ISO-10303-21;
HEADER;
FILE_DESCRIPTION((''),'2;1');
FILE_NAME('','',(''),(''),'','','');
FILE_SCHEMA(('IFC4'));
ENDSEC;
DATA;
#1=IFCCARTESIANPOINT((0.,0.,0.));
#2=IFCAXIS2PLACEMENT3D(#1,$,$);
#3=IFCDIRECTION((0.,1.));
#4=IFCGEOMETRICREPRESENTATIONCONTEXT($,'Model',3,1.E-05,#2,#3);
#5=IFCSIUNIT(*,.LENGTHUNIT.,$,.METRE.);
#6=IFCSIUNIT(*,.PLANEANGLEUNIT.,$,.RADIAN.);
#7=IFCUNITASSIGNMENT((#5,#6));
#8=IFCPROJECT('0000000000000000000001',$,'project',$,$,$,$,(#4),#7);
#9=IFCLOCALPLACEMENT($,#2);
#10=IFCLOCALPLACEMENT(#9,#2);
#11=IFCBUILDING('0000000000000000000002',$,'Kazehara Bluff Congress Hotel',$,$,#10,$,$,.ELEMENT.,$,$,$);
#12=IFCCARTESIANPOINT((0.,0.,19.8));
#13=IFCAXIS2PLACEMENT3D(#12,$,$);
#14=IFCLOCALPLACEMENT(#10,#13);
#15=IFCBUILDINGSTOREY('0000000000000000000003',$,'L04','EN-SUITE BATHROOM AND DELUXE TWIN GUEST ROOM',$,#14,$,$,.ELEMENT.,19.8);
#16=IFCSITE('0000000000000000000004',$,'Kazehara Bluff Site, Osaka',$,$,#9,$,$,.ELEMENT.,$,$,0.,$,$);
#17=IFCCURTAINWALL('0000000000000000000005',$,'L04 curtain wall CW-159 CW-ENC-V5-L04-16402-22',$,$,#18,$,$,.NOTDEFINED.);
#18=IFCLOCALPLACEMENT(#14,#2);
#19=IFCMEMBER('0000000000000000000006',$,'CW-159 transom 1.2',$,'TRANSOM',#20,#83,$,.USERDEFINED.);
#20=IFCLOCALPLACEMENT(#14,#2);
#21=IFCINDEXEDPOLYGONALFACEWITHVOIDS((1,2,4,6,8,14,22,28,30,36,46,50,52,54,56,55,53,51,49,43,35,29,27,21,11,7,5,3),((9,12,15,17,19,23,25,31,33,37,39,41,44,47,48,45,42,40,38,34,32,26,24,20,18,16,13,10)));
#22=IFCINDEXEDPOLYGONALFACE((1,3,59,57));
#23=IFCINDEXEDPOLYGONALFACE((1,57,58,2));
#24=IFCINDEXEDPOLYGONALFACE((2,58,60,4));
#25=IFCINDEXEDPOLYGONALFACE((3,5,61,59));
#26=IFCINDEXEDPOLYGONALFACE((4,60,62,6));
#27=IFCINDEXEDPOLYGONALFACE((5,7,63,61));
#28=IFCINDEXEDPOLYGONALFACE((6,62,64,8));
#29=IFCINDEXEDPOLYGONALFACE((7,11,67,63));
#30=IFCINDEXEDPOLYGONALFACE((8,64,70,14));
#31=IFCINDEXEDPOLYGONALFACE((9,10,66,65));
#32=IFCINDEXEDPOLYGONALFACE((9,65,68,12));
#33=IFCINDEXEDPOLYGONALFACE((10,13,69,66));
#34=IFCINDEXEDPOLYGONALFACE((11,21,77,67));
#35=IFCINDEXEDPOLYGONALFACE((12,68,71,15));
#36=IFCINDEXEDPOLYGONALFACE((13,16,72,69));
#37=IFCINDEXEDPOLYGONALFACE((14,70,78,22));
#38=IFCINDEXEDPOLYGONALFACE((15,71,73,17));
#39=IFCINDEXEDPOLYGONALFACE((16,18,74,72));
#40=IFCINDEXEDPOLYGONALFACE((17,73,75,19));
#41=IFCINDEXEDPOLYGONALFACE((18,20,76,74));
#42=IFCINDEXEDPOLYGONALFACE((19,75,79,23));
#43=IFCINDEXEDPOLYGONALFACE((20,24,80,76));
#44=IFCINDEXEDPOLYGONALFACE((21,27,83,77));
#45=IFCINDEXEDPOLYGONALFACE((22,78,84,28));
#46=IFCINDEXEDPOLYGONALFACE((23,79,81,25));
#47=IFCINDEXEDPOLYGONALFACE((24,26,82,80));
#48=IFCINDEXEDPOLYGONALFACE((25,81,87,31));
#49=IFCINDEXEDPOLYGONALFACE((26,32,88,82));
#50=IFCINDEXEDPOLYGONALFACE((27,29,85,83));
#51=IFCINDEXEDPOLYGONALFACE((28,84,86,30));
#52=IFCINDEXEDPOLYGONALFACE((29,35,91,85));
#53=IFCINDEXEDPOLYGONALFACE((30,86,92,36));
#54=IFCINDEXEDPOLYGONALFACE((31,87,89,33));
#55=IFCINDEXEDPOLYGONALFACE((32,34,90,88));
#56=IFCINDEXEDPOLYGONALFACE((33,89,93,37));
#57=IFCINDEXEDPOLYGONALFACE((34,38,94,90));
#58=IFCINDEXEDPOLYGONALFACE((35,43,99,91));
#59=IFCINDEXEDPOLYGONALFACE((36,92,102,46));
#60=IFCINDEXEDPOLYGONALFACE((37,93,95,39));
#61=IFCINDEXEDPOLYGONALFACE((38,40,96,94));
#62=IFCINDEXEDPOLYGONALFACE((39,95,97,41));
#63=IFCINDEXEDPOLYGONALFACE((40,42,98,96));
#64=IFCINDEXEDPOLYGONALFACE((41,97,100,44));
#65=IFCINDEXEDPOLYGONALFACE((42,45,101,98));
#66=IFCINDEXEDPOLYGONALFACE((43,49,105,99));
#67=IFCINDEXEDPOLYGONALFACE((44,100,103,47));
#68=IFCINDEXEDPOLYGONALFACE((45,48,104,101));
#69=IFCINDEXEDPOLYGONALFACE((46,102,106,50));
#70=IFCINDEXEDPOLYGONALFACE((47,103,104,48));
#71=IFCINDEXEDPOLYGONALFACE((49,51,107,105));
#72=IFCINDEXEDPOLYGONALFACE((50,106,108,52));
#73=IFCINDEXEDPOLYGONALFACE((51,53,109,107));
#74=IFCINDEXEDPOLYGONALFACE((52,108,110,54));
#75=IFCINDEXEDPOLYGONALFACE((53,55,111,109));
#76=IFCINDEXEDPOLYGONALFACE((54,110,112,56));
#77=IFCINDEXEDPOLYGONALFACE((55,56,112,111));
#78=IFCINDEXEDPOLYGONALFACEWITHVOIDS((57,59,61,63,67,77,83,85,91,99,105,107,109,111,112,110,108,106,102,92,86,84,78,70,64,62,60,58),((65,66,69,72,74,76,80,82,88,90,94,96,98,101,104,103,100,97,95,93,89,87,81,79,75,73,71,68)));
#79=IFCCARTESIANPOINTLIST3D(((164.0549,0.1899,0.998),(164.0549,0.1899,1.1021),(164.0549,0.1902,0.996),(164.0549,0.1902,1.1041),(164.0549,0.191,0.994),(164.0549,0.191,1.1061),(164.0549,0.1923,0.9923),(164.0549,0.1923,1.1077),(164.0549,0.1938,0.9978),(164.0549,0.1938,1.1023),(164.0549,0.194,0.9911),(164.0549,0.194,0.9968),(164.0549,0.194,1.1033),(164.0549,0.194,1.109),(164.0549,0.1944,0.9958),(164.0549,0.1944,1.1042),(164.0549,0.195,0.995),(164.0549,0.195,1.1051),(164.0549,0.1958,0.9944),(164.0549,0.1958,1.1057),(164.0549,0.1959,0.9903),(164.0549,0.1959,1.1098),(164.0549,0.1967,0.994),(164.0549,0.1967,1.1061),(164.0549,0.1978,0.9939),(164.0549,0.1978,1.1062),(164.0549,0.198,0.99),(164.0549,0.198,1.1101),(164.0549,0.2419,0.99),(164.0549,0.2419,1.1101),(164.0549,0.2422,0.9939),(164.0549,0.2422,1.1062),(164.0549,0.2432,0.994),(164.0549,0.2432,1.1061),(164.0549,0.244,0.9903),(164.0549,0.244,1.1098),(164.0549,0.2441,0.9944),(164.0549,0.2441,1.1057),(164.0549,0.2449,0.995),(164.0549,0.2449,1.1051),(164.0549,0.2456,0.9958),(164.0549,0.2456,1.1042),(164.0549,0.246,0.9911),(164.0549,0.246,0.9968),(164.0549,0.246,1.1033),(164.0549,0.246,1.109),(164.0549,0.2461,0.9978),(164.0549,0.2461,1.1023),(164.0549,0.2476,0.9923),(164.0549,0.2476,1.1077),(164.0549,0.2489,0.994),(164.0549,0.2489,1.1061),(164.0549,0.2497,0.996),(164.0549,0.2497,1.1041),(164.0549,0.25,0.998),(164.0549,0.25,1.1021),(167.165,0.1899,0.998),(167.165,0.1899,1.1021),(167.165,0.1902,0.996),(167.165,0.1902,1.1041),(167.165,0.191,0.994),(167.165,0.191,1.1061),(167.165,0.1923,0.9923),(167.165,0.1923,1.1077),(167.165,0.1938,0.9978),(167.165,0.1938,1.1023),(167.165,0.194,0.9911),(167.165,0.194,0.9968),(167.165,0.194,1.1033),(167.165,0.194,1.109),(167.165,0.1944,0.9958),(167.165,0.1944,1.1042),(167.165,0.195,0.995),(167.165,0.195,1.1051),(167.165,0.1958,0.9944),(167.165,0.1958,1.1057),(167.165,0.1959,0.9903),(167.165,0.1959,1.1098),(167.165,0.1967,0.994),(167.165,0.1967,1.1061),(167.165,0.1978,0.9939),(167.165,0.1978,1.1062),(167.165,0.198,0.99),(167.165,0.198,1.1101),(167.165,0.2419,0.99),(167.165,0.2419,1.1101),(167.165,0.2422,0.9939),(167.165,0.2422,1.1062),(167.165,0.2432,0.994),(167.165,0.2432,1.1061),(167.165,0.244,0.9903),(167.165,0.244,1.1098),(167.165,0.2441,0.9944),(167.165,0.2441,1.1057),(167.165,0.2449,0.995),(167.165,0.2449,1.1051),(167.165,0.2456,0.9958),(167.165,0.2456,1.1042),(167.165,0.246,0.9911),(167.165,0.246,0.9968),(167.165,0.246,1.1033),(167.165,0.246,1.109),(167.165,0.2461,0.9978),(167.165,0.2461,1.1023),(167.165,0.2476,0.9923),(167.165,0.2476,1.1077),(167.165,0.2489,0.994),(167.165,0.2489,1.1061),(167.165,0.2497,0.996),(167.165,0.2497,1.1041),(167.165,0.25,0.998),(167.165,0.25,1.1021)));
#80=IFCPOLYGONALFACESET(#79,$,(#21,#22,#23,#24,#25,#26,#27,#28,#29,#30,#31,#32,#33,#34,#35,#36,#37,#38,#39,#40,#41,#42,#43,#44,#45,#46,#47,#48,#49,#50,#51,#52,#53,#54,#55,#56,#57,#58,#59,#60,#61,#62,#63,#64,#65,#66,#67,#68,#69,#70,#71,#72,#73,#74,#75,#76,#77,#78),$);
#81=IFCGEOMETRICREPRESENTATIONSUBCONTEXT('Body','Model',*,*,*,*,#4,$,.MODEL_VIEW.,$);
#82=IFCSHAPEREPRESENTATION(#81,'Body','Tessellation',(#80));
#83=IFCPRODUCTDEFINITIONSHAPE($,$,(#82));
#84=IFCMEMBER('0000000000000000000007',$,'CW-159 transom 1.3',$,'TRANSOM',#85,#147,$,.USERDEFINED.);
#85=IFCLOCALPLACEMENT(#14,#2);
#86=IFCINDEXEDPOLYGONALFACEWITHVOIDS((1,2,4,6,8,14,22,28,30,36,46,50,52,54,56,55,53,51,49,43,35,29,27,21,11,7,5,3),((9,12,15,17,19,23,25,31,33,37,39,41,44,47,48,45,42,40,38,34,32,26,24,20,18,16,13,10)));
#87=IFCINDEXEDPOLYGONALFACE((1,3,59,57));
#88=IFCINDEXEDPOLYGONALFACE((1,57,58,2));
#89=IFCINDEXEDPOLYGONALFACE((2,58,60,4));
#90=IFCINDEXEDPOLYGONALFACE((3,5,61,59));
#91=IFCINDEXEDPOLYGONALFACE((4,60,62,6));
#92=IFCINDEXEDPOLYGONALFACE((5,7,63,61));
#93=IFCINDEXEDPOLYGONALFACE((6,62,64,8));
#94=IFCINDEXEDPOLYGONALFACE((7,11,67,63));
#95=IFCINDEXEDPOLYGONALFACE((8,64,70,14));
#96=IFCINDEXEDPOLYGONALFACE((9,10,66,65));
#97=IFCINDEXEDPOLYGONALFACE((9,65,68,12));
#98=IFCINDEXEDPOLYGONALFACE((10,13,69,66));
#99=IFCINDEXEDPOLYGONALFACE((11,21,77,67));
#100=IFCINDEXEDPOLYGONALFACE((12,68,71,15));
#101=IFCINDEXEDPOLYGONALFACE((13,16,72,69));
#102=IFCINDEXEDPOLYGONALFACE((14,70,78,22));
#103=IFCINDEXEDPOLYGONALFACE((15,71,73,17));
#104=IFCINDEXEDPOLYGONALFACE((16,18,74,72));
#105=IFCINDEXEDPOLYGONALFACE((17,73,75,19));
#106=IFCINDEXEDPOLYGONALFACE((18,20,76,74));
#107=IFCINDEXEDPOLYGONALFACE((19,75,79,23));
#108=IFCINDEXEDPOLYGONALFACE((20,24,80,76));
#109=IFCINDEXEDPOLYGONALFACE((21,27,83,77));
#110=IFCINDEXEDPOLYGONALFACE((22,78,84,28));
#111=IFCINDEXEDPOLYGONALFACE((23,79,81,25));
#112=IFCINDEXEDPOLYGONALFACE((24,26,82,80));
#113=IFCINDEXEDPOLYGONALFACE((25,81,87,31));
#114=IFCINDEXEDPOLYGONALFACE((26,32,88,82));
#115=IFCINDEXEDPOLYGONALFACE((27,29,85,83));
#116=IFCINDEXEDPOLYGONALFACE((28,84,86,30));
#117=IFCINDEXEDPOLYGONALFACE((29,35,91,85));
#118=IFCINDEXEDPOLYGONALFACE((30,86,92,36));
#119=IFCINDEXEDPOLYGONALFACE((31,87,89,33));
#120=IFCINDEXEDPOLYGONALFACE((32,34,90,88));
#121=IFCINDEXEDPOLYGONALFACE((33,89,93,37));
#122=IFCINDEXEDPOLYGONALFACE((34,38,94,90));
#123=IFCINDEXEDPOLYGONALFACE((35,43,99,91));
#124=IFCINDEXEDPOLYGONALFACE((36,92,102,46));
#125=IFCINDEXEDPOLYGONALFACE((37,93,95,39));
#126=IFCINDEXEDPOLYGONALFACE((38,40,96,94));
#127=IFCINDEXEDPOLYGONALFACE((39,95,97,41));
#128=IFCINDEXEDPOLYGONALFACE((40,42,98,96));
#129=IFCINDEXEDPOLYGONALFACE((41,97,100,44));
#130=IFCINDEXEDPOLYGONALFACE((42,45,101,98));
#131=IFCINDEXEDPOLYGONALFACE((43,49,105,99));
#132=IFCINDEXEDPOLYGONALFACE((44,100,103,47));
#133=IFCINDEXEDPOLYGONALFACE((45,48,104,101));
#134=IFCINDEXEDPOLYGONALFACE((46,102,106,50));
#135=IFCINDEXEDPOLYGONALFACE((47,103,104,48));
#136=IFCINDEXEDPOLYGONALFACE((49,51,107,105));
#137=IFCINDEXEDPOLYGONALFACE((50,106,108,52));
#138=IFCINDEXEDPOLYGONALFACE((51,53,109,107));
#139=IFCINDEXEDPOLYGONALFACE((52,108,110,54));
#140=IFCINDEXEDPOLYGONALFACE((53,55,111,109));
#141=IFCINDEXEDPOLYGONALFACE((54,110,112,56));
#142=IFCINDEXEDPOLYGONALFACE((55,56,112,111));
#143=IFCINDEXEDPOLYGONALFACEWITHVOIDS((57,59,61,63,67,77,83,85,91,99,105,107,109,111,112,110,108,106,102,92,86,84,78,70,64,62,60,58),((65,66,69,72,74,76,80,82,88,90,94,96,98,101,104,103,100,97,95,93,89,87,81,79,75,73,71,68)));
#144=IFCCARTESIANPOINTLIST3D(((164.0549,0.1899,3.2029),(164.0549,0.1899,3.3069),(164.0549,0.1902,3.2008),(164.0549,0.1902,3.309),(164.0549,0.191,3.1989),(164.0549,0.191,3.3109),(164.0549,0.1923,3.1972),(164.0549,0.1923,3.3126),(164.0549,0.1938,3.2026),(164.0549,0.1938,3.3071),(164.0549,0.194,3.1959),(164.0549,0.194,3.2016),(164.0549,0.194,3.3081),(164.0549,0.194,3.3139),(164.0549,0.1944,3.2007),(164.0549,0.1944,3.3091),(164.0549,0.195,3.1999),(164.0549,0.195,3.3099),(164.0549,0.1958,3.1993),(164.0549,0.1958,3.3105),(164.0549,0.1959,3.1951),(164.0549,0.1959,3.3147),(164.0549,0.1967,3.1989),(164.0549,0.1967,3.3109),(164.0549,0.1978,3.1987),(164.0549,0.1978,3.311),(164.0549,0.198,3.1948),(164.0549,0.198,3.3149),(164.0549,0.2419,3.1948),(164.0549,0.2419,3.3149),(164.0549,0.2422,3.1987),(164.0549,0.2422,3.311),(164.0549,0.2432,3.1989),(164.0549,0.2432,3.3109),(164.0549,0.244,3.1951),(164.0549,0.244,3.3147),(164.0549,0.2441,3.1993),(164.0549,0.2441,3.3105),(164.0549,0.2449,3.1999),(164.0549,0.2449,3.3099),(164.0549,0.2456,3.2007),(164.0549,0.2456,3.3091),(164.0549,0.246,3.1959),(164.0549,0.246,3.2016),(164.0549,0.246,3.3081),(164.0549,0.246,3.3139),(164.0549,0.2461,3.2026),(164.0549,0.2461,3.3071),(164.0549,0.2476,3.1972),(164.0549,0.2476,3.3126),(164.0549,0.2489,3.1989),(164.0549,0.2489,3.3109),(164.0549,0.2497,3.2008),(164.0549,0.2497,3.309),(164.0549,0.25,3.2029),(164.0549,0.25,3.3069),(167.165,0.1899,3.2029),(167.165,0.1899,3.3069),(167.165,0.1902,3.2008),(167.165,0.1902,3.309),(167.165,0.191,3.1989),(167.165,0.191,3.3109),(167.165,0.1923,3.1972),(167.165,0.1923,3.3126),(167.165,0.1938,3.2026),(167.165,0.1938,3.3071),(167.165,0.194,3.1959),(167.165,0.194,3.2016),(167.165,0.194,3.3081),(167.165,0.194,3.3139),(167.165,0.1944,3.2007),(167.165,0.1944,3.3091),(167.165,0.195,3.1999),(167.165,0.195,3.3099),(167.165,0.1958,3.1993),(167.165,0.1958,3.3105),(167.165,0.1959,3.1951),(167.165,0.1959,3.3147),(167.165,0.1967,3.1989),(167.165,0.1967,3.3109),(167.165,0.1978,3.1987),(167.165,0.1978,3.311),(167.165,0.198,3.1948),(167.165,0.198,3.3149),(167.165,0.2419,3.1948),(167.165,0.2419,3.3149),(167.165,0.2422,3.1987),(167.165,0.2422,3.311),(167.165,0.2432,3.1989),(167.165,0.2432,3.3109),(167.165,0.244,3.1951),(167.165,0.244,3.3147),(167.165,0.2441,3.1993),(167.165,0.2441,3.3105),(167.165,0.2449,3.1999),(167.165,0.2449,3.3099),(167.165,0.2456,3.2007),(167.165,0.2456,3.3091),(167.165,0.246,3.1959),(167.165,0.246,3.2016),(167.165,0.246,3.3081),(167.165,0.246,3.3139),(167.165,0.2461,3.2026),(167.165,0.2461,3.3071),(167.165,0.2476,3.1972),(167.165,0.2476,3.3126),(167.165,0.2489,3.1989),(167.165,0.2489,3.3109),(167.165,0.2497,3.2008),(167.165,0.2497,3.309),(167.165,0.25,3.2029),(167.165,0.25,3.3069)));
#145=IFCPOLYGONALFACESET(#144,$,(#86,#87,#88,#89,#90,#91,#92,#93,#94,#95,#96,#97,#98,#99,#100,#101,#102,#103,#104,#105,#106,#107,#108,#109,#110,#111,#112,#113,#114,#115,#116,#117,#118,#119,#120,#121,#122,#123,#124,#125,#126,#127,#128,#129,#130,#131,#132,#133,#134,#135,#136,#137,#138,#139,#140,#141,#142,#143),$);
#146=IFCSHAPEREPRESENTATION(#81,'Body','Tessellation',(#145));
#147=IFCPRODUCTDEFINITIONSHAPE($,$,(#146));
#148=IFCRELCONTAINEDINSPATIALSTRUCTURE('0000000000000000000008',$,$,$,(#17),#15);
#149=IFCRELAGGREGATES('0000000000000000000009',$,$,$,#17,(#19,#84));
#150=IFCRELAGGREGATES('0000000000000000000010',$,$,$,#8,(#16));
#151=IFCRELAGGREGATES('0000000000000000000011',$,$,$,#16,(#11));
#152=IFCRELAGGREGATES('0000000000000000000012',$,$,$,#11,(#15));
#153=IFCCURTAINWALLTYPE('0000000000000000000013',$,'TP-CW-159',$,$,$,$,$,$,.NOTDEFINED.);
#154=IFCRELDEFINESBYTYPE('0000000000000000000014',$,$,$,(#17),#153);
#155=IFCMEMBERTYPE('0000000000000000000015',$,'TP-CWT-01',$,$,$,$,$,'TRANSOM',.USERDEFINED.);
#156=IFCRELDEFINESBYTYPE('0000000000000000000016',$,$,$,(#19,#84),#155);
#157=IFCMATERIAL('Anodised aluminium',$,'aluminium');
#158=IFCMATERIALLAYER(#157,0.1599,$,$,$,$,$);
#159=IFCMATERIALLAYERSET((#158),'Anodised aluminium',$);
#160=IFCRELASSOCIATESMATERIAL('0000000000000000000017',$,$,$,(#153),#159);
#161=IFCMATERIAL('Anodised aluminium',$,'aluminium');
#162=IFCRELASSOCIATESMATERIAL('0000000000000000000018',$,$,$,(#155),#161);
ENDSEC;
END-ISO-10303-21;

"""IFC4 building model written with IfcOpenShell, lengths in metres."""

from ifc_helpers import new_model, si_unit, direction, frame, origin, origin_2d, place, context, subcontext, project, spatial, hollow_rectangle, extrude, material, layer, layer_set, material_profile, profile_set, type_object, element, aggregate, save


model = new_model("IFC4")

# Units and contexts
model_context = context("Model", 3, precision=1e-05, world=origin(), true_north=direction((0.0, 1.0)))
body_context = subcontext(model_context, "Body", "Model", "MODEL_VIEW")
ifc_project = project(units=[si_unit("LENGTHUNIT", "METRE"), si_unit("PLANEANGLEUNIT", "RADIAN")], contexts=[model_context])

# Site, building, storey
site_placement = place(None, origin())
site = spatial("IfcSite", under=ifc_project, at=site_placement, Name="Kazehara Bluff Site, Osaka", CompositionType="ELEMENT", RefElevation=0.0)
building_placement = place(site_placement, origin())
building = spatial("IfcBuilding", under=site, at=building_placement, Name="Kazehara Bluff Congress Hotel", CompositionType="ELEMENT")
storey_placement = place(building_placement, frame((0.0, 0.0, 19.8)))
storey = spatial("IfcBuildingStorey", under=building, at=storey_placement, Name="L04", Description="EN-SUITE BATHROOM AND DELUXE TWIN GUEST ROOM", CompositionType="ELEMENT", Elevation=19.8)

# Curtain wall
ifc_material_1 = material(Name="Anodised aluminium", Category="aluminium")
ifc_layer_1 = layer(ifc_material_1, 0.1599)
ifc_layer_set_1 = layer_set([ifc_layer_1], Name="Anodised aluminium")
curtain_wall_type_1 = type_object("IfcCurtainWallType", Name="TP-CW-159", PredefinedType="NOTDEFINED", material=ifc_layer_set_1)
curtain_wall_1_placement = place(storey_placement, origin())
curtain_wall_1 = element("IfcCurtainWall", 1, at=curtain_wall_1_placement, inside=storey, type_object=curtain_wall_type_1, Name="L04 curtain wall CW-159 CW-ENC-V5-L04-16402-22", PredefinedType="NOTDEFINED")

# Members
ifc_material_2 = material(Name="Anodised aluminium", Category="aluminium")
ifc_material_profile_1 = material_profile(ifc_material_2, hollow_rectangle(XDim=0.0601, YDim=0.1201, WallThickness=0.0039, InnerFilletRadius=0.0039, OuterFilletRadius=0.0081, at=origin_2d()))
ifc_profile_set_1 = profile_set([ifc_material_profile_1], Name="Anodised aluminium")
member_type_1 = type_object("IfcMemberType", Name="TP-CWT-01", ElementType="TRANSOM", PredefinedType="USERDEFINED", material=ifc_profile_set_1)
member_1_placement = place(storey_placement, frame((167.165, 0.22, 1.05), z_axis=(-1.0, 0.0, 0.0), x_axis=(0.0, -1.0, 0.0)))
member_1 = element("IfcMember", 2, at=member_1_placement, type_object=member_type_1, Name="CW-159 transom 1.2", ObjectType="TRANSOM", PredefinedType="USERDEFINED", context=body_context, shape_type="SweptSolid", body=[
    extrude(hollow_rectangle(XDim=0.0601, YDim=0.1201, WallThickness=0.0039, InnerFilletRadius=0.0039, OuterFilletRadius=0.0081, at=origin_2d()), origin(), (0.0, 0.0, 1.0), 3.1101),
])
member_2_placement = place(storey_placement, frame((167.165, 0.22, 3.2549), z_axis=(-1.0, 0.0, 0.0), x_axis=(0.0, -1.0, 0.0)))
member_2 = element("IfcMember", 3, at=member_2_placement, type_object=member_type_1, Name="CW-159 transom 1.3", ObjectType="TRANSOM", PredefinedType="USERDEFINED", context=body_context, shape_type="SweptSolid", body=[
    extrude(hollow_rectangle(XDim=0.0601, YDim=0.1201, WallThickness=0.0039, InnerFilletRadius=0.0039, OuterFilletRadius=0.0081, at=origin_2d()), origin(), (0.0, 0.0, 1.0), 3.1101),
])

aggregate(curtain_wall_1, [member_1, member_2])

save(model, "model.ifc")
